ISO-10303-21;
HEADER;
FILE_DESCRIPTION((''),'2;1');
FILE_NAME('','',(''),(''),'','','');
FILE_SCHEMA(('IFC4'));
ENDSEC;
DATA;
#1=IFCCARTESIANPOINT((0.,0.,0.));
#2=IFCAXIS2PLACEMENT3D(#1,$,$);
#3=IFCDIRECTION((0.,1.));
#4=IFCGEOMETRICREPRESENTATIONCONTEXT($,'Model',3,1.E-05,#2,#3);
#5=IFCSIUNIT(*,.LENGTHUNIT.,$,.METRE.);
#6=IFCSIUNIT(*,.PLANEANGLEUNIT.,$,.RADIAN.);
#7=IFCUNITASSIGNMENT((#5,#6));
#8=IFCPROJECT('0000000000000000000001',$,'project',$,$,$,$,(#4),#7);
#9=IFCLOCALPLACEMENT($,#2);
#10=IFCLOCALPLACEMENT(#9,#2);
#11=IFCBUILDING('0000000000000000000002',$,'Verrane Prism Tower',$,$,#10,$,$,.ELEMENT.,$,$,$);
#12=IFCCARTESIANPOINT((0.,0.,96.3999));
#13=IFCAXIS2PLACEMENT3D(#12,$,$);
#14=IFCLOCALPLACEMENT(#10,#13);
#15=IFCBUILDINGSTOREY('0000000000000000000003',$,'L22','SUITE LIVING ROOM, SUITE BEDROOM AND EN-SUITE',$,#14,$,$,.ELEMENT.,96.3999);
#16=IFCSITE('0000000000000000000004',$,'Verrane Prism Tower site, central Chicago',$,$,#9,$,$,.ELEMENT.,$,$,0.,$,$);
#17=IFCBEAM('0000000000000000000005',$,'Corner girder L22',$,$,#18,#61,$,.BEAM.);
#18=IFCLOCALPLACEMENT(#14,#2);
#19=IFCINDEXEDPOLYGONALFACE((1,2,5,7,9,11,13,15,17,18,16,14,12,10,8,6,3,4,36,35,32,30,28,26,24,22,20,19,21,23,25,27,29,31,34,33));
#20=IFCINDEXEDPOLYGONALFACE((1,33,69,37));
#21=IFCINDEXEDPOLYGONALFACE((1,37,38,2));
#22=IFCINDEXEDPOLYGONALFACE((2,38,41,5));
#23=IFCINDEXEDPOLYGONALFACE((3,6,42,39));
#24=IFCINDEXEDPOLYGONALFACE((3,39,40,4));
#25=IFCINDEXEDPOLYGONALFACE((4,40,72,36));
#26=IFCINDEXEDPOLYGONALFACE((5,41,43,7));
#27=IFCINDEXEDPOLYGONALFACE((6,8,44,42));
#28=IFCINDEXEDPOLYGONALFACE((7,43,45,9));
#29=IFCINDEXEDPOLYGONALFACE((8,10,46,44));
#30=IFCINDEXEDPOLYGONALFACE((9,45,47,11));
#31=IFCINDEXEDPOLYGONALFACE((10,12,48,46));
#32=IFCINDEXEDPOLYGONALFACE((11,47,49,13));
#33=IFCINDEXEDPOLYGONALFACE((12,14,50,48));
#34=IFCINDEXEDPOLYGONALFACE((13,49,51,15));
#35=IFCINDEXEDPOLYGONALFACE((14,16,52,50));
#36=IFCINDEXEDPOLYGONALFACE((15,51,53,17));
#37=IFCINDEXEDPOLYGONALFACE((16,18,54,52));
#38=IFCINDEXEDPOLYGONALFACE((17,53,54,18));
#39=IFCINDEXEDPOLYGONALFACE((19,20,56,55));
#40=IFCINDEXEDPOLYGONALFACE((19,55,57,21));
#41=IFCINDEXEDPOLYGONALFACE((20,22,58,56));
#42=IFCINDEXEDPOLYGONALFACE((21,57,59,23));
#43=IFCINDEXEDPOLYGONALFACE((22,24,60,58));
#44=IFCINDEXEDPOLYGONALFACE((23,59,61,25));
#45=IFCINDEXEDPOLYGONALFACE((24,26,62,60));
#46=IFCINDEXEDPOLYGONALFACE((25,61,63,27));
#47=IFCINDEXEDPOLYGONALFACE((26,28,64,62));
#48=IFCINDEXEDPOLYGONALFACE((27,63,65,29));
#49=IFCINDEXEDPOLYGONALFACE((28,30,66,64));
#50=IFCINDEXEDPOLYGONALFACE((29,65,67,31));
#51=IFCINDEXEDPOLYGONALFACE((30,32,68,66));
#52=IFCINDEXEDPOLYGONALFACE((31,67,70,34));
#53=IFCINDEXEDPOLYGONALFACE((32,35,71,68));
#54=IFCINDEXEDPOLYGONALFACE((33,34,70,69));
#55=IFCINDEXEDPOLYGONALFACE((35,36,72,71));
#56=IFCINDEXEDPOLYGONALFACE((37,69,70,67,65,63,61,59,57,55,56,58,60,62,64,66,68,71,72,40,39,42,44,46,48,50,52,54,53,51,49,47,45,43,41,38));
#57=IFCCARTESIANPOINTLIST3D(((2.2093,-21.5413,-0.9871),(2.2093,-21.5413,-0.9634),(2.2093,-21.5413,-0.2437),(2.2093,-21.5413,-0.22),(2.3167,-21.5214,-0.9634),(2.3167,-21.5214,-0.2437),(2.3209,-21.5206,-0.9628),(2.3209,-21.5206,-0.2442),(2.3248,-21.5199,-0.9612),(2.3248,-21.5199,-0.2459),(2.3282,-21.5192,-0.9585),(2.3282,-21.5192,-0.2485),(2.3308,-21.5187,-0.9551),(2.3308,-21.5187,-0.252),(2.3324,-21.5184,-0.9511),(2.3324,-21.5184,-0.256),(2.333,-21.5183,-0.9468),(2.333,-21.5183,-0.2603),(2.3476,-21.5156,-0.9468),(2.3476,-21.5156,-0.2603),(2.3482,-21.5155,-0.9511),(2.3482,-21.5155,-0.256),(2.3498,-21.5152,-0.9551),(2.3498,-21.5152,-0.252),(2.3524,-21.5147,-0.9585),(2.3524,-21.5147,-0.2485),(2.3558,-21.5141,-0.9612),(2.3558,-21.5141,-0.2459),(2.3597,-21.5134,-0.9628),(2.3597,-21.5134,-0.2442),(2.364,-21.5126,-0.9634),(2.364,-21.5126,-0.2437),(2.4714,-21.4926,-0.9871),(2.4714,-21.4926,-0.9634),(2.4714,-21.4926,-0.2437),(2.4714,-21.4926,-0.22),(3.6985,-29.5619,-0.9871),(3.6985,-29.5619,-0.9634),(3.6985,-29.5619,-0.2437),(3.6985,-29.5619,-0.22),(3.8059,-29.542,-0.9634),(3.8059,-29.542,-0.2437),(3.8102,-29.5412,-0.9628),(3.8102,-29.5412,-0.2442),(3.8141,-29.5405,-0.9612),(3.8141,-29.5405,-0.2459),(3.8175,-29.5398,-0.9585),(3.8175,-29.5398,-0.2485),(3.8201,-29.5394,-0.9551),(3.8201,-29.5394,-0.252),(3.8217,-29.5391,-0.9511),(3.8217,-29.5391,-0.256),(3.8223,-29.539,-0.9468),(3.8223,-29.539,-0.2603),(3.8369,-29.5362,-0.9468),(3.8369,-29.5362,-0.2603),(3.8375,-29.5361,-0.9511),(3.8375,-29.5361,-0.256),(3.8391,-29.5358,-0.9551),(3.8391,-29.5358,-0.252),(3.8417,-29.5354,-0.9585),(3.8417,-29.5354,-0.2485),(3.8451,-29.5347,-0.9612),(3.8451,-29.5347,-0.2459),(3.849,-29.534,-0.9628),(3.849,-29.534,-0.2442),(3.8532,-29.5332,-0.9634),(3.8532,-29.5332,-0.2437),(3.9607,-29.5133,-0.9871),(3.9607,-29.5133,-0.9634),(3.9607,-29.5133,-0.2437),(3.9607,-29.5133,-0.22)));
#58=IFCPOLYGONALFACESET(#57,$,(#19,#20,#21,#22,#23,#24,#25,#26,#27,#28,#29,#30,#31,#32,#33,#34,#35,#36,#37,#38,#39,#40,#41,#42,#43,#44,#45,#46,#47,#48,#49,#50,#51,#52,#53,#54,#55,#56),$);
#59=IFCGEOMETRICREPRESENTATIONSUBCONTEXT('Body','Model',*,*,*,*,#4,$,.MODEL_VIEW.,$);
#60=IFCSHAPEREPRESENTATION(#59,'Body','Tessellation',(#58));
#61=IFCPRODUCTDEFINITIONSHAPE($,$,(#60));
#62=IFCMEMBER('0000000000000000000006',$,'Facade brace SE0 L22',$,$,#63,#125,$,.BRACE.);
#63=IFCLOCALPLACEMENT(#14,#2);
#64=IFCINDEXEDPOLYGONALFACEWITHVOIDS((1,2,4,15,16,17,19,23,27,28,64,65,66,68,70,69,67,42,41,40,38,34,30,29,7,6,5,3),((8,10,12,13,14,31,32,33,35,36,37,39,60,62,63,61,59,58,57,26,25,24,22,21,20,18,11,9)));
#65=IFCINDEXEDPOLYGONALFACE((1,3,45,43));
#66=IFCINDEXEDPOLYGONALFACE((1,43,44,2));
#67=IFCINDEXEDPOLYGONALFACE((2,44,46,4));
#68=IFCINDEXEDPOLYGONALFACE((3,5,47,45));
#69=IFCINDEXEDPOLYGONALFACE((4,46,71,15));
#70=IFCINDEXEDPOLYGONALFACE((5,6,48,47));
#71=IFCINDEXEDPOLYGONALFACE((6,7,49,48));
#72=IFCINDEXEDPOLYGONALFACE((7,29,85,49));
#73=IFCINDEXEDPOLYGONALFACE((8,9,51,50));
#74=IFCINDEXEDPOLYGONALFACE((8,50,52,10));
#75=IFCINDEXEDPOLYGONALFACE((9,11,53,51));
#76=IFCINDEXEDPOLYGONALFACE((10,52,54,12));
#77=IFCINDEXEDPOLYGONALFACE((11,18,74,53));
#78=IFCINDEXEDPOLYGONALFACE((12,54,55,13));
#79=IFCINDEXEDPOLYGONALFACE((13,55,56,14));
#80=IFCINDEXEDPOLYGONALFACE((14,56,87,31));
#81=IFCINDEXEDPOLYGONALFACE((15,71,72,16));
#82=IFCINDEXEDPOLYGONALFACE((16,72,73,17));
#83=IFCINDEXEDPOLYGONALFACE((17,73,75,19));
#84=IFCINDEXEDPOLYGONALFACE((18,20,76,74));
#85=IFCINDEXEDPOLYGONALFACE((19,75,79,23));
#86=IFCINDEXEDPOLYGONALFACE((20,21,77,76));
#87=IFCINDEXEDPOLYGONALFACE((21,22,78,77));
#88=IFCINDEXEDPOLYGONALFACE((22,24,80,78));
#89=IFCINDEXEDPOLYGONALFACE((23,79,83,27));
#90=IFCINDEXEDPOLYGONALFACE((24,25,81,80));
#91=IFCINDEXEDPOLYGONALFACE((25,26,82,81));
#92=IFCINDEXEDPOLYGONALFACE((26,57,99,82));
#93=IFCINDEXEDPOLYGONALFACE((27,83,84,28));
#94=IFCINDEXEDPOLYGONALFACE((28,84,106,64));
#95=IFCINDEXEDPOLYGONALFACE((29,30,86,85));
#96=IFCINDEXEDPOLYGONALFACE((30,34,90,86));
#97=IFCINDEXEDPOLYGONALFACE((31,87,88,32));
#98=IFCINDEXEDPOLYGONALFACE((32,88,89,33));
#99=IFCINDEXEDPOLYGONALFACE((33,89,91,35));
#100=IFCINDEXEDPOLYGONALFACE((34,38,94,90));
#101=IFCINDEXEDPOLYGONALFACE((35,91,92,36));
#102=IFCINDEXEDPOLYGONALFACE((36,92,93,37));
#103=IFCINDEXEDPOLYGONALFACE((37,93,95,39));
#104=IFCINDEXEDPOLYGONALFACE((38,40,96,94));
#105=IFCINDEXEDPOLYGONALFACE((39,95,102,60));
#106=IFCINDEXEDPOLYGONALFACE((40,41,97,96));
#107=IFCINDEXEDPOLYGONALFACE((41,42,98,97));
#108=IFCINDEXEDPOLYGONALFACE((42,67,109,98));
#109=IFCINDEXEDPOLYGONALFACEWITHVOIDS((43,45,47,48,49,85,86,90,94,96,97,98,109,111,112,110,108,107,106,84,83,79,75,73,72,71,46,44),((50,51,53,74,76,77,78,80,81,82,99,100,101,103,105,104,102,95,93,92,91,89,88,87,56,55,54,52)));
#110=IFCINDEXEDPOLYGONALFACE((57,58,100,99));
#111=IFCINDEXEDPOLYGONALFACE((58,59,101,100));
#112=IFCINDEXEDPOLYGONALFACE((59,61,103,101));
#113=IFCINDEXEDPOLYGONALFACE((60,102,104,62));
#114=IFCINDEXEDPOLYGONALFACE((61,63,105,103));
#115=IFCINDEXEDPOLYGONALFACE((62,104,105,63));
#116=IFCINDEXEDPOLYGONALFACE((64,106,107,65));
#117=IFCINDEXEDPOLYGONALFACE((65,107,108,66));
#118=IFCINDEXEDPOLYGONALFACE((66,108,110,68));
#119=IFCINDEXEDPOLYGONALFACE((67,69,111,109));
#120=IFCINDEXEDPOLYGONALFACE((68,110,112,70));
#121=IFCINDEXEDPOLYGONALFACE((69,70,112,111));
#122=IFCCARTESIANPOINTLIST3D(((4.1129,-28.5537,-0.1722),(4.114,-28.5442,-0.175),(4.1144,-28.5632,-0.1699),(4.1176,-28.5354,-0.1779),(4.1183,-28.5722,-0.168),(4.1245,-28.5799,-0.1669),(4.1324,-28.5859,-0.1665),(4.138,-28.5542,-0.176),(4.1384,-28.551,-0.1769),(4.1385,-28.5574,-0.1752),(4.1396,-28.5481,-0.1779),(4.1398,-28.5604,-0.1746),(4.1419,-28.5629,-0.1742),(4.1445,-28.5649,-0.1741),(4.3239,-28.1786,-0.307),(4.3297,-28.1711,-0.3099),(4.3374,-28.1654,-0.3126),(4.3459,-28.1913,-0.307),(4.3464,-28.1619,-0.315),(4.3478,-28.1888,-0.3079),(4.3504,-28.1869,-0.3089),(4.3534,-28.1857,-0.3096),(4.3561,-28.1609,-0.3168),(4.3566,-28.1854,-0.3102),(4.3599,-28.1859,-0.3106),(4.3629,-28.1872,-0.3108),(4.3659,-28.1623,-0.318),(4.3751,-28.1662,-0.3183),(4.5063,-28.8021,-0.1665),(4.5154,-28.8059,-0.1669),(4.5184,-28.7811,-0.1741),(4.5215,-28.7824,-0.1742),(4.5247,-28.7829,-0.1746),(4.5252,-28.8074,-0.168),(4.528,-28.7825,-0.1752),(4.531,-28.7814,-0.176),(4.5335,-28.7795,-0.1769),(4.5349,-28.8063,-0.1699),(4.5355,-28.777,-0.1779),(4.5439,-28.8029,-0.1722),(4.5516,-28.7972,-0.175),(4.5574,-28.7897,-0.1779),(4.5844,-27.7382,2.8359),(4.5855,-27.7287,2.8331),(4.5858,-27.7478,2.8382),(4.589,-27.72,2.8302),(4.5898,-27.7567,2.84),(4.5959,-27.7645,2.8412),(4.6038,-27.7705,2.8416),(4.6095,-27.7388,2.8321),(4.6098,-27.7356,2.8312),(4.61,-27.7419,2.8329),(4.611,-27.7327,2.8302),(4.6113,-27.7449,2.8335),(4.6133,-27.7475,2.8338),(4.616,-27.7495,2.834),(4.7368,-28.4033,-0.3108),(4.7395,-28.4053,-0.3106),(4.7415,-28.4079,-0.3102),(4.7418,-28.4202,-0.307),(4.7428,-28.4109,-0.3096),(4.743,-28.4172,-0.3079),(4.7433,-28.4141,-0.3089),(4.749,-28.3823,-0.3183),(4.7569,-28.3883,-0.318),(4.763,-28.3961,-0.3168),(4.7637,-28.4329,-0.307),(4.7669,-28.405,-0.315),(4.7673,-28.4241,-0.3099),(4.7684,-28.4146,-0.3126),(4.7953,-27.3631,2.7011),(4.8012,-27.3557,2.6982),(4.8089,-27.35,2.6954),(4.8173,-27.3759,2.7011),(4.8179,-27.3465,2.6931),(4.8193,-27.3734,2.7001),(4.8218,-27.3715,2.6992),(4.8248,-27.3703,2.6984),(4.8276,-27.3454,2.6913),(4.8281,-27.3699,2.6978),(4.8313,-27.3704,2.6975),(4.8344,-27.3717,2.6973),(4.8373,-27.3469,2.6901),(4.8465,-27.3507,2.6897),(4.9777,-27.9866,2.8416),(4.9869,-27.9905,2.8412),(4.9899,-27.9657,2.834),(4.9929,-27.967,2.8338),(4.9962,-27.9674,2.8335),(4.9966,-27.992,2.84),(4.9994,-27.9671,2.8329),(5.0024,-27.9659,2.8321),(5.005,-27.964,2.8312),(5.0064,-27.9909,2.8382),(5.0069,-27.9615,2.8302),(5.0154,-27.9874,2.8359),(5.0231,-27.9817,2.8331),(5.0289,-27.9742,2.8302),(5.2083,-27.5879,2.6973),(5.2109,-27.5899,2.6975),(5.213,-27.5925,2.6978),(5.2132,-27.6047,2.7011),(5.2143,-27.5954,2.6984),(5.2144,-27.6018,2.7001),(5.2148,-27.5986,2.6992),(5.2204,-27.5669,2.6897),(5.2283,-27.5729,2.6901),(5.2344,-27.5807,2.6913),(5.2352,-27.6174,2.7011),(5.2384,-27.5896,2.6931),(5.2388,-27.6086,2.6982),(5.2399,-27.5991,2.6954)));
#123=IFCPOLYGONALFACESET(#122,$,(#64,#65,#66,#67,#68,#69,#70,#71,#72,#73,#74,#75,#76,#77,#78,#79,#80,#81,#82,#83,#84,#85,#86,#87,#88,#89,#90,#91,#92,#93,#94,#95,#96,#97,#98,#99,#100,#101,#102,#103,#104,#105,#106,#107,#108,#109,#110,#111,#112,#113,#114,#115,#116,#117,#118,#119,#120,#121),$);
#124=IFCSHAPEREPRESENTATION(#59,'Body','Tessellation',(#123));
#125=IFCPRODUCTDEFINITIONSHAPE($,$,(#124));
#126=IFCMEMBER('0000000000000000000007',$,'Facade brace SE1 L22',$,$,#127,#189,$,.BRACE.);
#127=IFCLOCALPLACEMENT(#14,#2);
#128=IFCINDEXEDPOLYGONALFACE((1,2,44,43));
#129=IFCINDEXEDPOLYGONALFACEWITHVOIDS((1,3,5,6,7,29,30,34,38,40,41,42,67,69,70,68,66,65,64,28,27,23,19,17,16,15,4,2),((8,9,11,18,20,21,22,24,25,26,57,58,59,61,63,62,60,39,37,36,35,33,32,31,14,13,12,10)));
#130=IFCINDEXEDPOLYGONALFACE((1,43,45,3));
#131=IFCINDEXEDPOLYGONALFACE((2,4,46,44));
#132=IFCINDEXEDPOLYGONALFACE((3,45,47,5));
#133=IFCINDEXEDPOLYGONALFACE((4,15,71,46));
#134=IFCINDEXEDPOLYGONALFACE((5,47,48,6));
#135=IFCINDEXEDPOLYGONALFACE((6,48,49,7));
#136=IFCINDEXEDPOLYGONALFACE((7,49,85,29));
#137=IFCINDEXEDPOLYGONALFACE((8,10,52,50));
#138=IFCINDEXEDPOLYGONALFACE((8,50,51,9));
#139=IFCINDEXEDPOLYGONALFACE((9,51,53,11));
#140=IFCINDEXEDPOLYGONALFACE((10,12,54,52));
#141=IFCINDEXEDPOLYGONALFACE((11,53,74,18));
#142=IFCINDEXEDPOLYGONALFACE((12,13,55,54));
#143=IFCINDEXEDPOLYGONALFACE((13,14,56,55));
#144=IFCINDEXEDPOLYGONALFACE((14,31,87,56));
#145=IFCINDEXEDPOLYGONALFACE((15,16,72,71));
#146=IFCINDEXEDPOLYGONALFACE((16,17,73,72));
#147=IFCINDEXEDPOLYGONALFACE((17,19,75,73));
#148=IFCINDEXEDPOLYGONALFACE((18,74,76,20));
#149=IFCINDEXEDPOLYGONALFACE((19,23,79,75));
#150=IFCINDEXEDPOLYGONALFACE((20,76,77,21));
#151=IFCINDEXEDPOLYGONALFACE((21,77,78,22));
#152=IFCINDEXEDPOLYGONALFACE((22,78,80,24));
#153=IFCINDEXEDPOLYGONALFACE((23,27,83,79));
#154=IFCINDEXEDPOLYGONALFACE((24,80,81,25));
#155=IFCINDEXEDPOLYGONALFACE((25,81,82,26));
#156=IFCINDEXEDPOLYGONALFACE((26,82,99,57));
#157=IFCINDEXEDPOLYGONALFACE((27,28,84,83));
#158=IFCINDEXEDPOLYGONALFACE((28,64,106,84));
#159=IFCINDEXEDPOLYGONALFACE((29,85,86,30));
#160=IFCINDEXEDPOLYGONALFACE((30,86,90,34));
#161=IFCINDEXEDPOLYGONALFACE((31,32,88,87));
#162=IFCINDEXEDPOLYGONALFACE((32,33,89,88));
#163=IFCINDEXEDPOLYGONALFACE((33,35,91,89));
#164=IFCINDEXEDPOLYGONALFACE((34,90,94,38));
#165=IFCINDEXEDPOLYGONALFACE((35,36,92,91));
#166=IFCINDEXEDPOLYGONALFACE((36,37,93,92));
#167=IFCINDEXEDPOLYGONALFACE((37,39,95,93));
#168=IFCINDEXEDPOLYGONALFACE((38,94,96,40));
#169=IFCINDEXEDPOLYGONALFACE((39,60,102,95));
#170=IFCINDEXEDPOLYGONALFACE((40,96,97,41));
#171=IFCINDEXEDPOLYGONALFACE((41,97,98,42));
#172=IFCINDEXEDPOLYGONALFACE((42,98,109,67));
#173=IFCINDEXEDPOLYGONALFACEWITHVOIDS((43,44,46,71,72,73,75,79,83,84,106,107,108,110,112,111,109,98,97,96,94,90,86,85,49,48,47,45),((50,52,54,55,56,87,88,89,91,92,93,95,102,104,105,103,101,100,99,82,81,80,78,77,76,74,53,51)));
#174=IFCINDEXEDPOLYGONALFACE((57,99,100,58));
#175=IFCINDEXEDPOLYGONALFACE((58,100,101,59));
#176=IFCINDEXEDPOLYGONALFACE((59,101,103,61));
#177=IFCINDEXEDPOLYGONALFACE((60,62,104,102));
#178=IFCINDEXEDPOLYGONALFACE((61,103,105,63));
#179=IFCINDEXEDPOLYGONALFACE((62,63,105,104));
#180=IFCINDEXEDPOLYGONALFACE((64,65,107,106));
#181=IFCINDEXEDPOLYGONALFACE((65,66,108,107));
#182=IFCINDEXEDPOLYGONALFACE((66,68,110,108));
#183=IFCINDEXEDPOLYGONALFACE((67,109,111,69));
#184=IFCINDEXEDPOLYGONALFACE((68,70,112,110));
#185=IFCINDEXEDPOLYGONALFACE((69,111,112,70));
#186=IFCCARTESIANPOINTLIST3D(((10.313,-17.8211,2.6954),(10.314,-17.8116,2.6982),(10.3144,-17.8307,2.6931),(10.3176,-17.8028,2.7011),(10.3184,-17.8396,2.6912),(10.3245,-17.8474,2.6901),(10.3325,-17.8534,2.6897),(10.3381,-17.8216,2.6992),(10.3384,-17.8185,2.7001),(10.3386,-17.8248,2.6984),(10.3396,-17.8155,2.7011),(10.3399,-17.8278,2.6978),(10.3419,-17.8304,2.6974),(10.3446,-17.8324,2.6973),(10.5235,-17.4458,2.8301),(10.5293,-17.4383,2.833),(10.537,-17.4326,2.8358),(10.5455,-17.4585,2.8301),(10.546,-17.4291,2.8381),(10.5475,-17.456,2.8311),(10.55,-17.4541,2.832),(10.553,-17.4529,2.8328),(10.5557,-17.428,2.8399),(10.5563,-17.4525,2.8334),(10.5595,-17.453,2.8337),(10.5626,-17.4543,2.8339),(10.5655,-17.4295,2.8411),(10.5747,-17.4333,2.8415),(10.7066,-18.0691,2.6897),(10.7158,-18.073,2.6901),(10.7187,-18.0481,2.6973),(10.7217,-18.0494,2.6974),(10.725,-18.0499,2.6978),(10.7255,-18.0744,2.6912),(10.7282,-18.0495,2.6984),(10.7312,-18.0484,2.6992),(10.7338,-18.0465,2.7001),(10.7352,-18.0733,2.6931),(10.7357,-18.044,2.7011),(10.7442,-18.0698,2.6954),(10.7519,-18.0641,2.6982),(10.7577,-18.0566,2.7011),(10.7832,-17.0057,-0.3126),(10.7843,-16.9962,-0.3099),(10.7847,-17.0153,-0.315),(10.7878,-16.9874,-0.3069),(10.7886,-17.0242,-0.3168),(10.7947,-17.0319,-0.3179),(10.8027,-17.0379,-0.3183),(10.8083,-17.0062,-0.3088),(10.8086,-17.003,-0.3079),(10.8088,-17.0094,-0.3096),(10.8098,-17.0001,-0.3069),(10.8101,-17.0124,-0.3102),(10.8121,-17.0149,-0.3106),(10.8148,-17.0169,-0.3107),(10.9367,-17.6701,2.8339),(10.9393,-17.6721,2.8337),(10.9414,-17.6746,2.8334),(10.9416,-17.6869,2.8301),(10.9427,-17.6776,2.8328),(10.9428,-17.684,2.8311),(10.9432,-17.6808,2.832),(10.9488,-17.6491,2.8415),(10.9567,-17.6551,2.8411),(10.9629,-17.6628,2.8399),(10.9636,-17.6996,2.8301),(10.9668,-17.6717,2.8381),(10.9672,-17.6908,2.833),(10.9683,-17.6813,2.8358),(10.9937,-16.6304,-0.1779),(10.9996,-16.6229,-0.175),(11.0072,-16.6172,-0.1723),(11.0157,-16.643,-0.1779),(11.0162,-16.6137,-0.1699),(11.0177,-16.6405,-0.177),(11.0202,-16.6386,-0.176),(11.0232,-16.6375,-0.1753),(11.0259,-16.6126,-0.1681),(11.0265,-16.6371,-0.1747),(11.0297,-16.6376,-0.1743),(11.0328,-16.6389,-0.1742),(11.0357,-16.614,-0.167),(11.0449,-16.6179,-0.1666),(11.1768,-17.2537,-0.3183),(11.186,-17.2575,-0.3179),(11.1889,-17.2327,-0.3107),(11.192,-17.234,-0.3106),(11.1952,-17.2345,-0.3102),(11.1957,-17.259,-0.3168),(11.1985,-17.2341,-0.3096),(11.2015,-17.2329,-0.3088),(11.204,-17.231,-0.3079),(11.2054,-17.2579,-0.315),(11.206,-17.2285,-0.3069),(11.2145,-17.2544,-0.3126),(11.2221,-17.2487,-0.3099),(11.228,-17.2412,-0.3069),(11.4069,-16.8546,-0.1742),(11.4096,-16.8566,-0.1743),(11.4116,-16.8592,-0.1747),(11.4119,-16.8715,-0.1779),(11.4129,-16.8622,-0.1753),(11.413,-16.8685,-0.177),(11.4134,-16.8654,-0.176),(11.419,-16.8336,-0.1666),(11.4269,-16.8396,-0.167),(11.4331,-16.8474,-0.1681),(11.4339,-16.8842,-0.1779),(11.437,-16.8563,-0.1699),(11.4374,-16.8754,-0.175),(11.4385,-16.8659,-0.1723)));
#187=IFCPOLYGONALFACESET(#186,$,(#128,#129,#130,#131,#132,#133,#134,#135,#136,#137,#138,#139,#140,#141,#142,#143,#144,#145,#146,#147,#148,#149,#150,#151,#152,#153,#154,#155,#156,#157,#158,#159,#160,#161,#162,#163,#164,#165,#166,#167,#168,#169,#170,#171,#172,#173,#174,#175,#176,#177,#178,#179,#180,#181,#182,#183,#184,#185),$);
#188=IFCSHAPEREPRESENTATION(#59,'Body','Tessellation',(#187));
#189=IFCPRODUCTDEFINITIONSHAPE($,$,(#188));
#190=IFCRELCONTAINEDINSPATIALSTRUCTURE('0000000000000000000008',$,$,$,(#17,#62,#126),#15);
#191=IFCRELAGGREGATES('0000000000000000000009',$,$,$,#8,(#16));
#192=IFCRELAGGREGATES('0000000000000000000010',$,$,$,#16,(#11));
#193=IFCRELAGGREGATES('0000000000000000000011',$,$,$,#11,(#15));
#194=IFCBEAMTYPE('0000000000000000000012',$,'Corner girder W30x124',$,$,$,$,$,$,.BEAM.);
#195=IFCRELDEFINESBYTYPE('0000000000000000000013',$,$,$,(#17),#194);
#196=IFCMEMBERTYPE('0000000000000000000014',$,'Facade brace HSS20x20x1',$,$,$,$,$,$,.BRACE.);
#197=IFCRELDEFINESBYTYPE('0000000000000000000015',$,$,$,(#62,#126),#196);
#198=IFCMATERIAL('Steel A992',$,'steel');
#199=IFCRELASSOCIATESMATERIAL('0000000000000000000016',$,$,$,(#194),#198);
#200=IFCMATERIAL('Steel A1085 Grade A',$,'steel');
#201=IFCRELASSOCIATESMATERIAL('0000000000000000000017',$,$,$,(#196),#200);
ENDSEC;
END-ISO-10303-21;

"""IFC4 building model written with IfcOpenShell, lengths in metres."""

from ifc_helpers import new_model, si_unit, direction, frame, origin, origin_2d, place, context, subcontext, project, spatial, hollow_rectangle, i_section, extrude, material, material_profile, profile_set, type_object, element, save


model = new_model("IFC4")

# Units and contexts
model_context = context("Model", 3, precision=1e-05, world=origin(), true_north=direction((0.0, 1.0)))
body_context = subcontext(model_context, "Body", "Model", "MODEL_VIEW")
ifc_project = project(units=[si_unit("LENGTHUNIT", "METRE"), si_unit("PLANEANGLEUNIT", "RADIAN")], contexts=[model_context])

# Site, building, storey
site_placement = place(None, origin())
site = spatial("IfcSite", under=ifc_project, at=site_placement, Name="Verrane Prism Tower site, central Chicago", CompositionType="ELEMENT", RefElevation=0.0)
building_placement = place(site_placement, origin())
building = spatial("IfcBuilding", under=site, at=building_placement, Name="Verrane Prism Tower", CompositionType="ELEMENT")
storey_placement = place(building_placement, frame((0.0, 0.0, 96.3999)))
storey = spatial("IfcBuildingStorey", under=building, at=storey_placement, Name="L22", Description="SUITE LIVING ROOM, SUITE BEDROOM AND EN-SUITE", CompositionType="ELEMENT", Elevation=96.3999)

# Beam
ifc_material_1 = material(Name="Steel A992", Category="steel")
ifc_material_profile_1 = material_profile(ifc_material_1, i_section(OverallWidth=0.2666, OverallDepth=0.7671, WebThickness=0.0149, FlangeThickness=0.0237, FilletRadius=0.0166, at=origin_2d()), Name="W30x124")
ifc_profile_set_1 = profile_set([ifc_material_profile_1], Name="Steel A992")
beam_type_1 = type_object("IfcBeamType", Name="Corner girder W30x124", PredefinedType="BEAM", material=ifc_profile_set_1)
beam_1_placement = place(storey_placement, frame((3.8296, -29.5376, -0.6035), z_axis=(-0.182561, 0.983195, 0.0), x_axis=(-0.983195, -0.182561, 0.0)))
element("IfcBeam", 1, at=beam_1_placement, inside=storey, type_object=beam_type_1, Name="Corner girder L22", PredefinedType="BEAM", context=body_context, shape_type="SweptSolid", body=[
    extrude(i_section(OverallWidth=0.2666, OverallDepth=0.7671, WebThickness=0.0149, FlangeThickness=0.0237, FilletRadius=0.0166, at=origin_2d()), origin(), (0.0, 0.0, 1.0), 8.1577),
])

# Members
ifc_material_2 = material(Name="Steel A1085 Grade A", Category="steel")
ifc_material_profile_2 = material_profile(ifc_material_2, hollow_rectangle(XDim=0.5081, YDim=0.5081, WallThickness=0.0254, InnerFilletRadius=0.0127, OuterFilletRadius=0.0381, at=origin_2d()), Name="HSS20x20x1")
ifc_profile_set_2 = profile_set([ifc_material_profile_2], Name="Steel A1085 Grade A")
member_type_1 = type_object("IfcMemberType", Name="Facade brace HSS20x20x1", PredefinedType="BRACE", material=ifc_profile_set_2)
member_1_placement = place(storey_placement, frame((4.4407, -28.4841, -0.2424), z_axis=(0.149564, 0.258696, 0.95431), x_axis=(-0.865728, 0.500515, 0.0)))
element("IfcMember", 2, at=member_1_placement, inside=storey, type_object=member_type_1, Name="Facade brace SE0 L22", PredefinedType="BRACE", context=body_context, shape_type="SweptSolid", body=[
    extrude(hollow_rectangle(XDim=0.5081, YDim=0.5081, WallThickness=0.0254, InnerFilletRadius=0.0127, OuterFilletRadius=0.0381, at=origin_2d()), origin(), (0.0, 0.0, 1.0), 3.1521),
])
member_2_placement = place(storey_placement, frame((11.1108, -16.9358, -0.2424), z_axis=(-0.149185, -0.258711, 0.954365), x_axis=(0.866289, -0.499543, 0.0)))
element("IfcMember", 3, at=member_2_placement, inside=storey, type_object=member_type_1, Name="Facade brace SE1 L22", PredefinedType="BRACE", context=body_context, shape_type="SweptSolid", body=[
    extrude(hollow_rectangle(XDim=0.5081, YDim=0.5081, WallThickness=0.0254, InnerFilletRadius=0.0127, OuterFilletRadius=0.0381, at=origin_2d()), origin(), (0.0, 0.0, 1.0), 3.1519),
])

save(model, "model.ifc")
